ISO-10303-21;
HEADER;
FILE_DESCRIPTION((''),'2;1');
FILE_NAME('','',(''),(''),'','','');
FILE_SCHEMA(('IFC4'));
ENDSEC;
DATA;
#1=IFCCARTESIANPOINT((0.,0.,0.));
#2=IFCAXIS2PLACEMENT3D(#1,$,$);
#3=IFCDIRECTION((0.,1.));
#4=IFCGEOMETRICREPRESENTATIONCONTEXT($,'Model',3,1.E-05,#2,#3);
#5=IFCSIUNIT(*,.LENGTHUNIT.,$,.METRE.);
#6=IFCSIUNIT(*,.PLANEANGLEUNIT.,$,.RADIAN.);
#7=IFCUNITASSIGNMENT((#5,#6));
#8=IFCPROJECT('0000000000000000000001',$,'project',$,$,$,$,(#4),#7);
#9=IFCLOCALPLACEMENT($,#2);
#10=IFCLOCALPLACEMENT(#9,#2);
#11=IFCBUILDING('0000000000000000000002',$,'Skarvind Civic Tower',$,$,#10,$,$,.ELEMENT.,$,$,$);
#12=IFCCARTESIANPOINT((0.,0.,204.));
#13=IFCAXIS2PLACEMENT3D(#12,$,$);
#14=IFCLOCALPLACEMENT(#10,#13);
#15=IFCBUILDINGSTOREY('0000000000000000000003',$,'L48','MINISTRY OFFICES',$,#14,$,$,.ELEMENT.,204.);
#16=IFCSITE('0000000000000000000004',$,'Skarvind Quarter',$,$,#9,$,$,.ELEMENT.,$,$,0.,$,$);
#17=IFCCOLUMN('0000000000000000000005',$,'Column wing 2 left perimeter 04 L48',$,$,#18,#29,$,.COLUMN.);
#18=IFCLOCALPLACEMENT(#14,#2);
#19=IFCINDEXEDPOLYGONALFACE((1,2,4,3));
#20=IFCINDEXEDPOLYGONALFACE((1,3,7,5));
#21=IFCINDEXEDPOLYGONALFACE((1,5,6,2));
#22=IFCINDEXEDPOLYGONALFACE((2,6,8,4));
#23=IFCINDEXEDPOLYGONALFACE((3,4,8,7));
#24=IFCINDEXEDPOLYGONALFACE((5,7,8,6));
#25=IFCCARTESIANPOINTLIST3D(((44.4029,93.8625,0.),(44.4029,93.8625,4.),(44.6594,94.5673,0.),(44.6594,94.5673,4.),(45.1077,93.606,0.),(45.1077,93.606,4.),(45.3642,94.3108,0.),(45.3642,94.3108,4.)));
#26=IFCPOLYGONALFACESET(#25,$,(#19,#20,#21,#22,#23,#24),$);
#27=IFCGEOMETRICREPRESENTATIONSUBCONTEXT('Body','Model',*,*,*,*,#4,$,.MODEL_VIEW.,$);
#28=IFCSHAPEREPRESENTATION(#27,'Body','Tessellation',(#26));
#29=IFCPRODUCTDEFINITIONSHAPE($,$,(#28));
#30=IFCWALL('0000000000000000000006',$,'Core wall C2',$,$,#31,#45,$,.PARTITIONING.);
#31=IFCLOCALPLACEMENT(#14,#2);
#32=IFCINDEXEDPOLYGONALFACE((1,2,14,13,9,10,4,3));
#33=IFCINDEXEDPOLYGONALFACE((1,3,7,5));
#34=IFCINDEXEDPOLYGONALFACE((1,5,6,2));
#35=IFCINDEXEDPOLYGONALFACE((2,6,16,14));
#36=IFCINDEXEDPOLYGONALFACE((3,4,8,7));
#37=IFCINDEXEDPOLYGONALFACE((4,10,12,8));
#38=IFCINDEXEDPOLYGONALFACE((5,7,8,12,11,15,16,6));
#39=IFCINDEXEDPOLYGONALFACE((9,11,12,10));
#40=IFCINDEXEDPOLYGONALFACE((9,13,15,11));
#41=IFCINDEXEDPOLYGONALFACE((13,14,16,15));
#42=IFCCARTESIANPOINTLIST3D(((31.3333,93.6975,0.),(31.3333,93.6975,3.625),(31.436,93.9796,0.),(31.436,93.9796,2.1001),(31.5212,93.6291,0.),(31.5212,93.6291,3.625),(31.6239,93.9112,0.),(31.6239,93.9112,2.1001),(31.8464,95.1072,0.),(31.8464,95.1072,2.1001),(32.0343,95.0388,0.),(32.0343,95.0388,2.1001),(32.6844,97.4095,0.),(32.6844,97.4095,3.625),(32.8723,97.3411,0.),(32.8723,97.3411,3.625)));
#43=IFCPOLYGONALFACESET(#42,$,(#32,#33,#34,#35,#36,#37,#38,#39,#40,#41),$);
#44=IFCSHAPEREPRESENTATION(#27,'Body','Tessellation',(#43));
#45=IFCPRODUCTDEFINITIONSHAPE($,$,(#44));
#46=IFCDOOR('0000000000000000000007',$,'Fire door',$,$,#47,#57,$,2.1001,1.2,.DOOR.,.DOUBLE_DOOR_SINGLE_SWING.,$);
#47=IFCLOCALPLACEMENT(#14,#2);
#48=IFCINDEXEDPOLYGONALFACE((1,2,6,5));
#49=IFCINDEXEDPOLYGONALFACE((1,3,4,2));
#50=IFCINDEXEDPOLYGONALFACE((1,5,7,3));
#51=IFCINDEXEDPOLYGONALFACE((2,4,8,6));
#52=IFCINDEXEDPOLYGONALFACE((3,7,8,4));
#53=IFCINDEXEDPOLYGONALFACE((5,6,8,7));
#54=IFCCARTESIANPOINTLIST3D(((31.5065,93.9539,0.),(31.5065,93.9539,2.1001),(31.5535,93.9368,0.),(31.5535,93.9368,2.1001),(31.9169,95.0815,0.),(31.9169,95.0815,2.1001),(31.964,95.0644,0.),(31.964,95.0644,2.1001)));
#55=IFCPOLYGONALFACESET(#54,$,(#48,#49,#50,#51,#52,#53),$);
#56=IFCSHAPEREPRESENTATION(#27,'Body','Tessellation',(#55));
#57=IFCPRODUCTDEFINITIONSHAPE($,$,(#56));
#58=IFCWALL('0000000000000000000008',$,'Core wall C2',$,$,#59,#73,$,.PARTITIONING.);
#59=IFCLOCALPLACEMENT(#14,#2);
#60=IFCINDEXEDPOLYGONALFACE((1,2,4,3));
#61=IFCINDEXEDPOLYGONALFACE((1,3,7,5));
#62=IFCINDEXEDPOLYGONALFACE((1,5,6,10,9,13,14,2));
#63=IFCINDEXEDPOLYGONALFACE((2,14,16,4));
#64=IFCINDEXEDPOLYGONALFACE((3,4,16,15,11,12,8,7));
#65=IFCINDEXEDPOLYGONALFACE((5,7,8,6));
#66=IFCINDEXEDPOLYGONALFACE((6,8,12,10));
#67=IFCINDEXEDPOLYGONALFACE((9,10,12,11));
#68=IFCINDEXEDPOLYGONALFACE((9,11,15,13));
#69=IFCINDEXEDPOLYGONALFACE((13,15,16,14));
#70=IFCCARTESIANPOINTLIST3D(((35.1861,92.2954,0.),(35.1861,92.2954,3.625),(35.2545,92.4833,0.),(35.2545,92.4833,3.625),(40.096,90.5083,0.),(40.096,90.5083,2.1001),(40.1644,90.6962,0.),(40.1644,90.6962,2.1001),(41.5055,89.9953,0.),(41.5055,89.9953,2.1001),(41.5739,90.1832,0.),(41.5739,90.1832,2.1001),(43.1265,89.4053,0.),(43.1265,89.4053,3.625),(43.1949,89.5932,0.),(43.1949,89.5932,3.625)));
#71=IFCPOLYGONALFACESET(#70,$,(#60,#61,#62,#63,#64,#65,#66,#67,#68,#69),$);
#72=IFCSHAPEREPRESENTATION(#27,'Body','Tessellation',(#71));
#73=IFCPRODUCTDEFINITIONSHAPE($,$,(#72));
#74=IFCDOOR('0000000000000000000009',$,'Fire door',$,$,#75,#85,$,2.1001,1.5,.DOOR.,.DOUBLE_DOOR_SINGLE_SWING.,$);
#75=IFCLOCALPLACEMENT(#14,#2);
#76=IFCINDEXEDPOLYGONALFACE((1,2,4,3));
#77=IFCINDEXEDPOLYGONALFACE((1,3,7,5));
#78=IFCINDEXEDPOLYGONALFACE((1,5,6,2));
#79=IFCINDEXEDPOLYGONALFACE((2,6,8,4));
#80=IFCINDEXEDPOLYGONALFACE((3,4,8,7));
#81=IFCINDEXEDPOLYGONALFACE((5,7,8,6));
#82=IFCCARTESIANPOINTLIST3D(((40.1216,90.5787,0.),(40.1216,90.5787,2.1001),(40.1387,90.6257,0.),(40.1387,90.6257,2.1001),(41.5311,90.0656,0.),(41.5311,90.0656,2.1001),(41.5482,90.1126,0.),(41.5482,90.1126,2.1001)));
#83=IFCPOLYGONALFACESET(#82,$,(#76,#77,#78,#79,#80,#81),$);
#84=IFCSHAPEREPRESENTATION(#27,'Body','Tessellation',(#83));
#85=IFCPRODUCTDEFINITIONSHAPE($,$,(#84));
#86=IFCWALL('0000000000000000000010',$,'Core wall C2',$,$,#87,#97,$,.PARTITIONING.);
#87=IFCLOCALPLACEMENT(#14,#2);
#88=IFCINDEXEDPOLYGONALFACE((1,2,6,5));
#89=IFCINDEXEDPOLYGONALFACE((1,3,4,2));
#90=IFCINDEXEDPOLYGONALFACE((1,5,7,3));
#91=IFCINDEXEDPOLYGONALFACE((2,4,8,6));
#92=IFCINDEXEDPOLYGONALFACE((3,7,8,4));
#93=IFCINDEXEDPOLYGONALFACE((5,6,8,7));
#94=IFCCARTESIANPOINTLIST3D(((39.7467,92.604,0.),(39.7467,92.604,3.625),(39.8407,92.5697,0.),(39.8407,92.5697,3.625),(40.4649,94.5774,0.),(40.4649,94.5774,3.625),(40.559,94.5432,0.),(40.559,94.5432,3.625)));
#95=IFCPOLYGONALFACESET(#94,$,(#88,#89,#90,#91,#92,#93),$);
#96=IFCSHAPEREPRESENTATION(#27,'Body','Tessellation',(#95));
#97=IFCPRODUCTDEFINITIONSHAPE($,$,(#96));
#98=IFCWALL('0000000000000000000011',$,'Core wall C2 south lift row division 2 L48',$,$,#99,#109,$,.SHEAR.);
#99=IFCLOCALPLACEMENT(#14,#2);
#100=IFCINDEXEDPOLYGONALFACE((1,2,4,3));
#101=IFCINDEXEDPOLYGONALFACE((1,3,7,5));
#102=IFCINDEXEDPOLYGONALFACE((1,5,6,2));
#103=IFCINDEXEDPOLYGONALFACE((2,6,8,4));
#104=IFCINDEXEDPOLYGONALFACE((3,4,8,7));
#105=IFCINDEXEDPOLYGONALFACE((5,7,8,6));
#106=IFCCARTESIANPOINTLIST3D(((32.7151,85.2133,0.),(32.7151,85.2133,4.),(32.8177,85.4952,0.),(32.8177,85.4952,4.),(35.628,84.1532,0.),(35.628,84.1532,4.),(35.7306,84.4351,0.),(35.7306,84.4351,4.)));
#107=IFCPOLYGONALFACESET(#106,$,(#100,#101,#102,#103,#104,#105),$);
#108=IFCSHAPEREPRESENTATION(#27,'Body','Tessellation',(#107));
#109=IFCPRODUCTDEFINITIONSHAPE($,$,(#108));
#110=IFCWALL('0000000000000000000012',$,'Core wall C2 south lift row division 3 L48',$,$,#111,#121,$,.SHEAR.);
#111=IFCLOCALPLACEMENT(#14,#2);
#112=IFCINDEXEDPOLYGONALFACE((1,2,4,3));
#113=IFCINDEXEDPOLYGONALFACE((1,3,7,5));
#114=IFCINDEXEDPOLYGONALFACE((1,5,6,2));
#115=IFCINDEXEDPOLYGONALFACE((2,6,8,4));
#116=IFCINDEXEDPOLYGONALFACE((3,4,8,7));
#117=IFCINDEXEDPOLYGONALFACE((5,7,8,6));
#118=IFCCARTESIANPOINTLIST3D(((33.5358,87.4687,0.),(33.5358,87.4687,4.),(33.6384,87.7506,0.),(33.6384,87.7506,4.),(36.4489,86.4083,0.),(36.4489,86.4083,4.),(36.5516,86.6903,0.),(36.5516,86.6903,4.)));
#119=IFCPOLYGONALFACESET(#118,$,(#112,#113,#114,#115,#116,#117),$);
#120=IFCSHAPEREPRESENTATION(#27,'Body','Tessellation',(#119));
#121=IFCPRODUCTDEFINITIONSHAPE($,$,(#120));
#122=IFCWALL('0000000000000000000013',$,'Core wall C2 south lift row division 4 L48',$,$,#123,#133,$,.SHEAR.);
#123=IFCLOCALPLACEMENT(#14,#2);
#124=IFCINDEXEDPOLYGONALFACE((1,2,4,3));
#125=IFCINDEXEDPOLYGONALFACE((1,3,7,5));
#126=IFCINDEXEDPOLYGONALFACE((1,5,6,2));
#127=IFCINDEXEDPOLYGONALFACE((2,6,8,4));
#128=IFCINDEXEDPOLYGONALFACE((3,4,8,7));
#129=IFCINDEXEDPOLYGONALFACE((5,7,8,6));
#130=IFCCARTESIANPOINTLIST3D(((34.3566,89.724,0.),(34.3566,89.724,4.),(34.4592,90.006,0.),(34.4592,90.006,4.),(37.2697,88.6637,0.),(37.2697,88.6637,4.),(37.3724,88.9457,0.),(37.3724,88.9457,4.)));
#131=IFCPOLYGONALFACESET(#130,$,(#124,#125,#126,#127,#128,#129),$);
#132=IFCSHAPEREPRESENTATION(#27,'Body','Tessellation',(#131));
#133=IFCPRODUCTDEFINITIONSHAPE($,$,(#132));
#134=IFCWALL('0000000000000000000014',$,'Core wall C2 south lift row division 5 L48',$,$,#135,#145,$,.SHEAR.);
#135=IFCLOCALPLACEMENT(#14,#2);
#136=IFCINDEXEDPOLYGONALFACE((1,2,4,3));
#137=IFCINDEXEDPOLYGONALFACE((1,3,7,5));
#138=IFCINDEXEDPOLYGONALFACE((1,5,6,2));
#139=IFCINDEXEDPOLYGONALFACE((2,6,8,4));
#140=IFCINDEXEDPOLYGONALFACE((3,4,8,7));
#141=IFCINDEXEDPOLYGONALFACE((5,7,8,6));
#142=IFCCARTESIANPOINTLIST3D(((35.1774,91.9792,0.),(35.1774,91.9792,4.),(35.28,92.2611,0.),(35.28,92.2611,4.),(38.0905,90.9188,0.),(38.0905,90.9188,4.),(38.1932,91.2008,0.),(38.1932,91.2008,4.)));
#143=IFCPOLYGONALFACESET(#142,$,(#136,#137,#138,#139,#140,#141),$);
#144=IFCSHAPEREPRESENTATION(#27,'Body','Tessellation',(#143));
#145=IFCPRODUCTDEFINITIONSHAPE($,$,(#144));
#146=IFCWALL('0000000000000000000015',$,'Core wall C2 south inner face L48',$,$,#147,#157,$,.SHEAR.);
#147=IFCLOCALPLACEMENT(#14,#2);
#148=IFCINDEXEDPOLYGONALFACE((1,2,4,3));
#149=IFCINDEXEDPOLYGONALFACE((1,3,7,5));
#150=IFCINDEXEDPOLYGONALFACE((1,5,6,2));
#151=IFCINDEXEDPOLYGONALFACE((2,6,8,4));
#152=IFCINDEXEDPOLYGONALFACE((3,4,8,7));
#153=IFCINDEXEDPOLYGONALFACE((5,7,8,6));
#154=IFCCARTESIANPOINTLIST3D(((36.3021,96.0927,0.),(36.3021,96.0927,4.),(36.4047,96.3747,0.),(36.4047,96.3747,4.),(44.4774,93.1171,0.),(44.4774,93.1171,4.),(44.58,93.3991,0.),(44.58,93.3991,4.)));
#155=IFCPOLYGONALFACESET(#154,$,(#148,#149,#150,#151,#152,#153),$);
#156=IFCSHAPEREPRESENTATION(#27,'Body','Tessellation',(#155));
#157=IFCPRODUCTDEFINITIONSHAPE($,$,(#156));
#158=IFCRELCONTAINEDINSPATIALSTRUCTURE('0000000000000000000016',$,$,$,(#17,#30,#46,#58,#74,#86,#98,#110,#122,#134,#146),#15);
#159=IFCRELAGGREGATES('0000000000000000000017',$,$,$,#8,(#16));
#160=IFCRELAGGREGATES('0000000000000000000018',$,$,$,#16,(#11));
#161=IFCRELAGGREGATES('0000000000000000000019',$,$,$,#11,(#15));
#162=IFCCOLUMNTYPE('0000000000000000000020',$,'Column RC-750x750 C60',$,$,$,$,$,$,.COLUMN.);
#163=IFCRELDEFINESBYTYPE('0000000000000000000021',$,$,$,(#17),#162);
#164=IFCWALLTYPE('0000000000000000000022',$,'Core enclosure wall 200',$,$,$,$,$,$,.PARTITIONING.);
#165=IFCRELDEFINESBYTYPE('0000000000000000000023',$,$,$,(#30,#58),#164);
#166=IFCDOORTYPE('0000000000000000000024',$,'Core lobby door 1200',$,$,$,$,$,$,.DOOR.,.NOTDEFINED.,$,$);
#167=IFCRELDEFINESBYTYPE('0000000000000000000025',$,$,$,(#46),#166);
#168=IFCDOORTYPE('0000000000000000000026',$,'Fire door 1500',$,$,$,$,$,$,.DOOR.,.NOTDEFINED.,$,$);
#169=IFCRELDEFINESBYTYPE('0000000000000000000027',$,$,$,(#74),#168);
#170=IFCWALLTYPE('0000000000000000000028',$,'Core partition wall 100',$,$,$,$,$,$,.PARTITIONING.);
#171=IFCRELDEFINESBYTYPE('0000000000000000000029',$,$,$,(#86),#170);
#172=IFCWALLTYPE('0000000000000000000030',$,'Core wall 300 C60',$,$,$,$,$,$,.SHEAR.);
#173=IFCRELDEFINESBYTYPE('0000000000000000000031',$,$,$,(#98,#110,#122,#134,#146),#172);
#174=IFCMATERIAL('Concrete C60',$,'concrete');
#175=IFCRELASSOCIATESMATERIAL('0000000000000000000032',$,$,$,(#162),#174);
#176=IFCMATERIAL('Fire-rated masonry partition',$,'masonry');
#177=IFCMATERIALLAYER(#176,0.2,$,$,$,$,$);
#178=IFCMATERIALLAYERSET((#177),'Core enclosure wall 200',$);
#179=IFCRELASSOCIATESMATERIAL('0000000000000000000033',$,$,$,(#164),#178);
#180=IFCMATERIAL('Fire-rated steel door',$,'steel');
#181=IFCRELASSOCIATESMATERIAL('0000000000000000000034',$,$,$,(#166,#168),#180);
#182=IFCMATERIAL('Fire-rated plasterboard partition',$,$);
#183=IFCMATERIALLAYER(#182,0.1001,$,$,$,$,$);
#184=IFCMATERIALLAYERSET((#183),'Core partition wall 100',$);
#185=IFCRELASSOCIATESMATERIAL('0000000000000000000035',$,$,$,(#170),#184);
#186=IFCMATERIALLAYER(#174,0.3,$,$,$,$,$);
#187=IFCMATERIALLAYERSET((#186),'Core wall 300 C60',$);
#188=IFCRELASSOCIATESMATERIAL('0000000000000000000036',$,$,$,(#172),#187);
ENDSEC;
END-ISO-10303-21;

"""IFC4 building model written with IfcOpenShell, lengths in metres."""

from ifc_helpers import new_model, si_unit, direction, frame, frame_2d, origin, origin_2d, place, context, subcontext, project, spatial, rectangle, extrude, material, layer, layer_set, material_profile, profile_set, type_object, element, fill, save


model = new_model("IFC4")

# Units and contexts
model_context = context("Model", 3, precision=1e-05, world=origin(), true_north=direction((0.0, 1.0)))
body_context = subcontext(model_context, "Body", "Model", "MODEL_VIEW")
ifc_project = project(units=[si_unit("LENGTHUNIT", "METRE"), si_unit("PLANEANGLEUNIT", "RADIAN")], contexts=[model_context])

# Site, building, storey
site_placement = place(None, origin())
site = spatial("IfcSite", under=ifc_project, at=site_placement, Name="Skarvind Quarter", CompositionType="ELEMENT", RefElevation=0.0)
building_placement = place(site_placement, origin())
building = spatial("IfcBuilding", under=site, at=building_placement, Name="Skarvind Civic Tower", CompositionType="ELEMENT")
storey_placement = place(building_placement, frame((0.0, 0.0, 204.0)))
storey = spatial("IfcBuildingStorey", under=building, at=storey_placement, Name="L48", Description="MINISTRY OFFICES", CompositionType="ELEMENT", Elevation=204.0)

# Column
ifc_material_1 = material(Name="Concrete C60", Category="concrete")
ifc_material_profile = material_profile(ifc_material_1, rectangle(XDim=0.75, YDim=0.75, at=origin_2d()), Name="RC-750x750")
ifc_profile_set = profile_set([ifc_material_profile], Name="Concrete C60")
column_type = type_object("IfcColumnType", Name="Column RC-750x750 C60", PredefinedType="COLUMN", material=ifc_profile_set)
column_placement = place(storey_placement, frame((44.8835, 94.0867, 0.0), z_axis=(0.0, 0.0, 1.0), x_axis=(-0.34202, -0.939693, 0.0)))
element("IfcColumn", 1, at=column_placement, inside=storey, type_object=column_type, Name="Column wing 2 left perimeter 04 L48", PredefinedType="COLUMN", context=body_context, shape_type="SweptSolid", body=[
    extrude(rectangle(XDim=0.75, YDim=0.75, at=origin_2d()), origin(), (0.0, 0.0, 1.0), 4.0),
])

# Walls, openings, doors
ifc_material_2 = material(Name="Fire-rated masonry partition", Category="masonry")
ifc_layer_1 = layer(ifc_material_2, 0.2)
ifc_layer_set_1 = layer_set([ifc_layer_1], Name="Core enclosure wall 200")
wall_type_1 = type_object("IfcWallType", Name="Core enclosure wall 200", PredefinedType="PARTITIONING", material=ifc_layer_set_1)
wall_1_placement = place(storey_placement, frame((31.4272, 93.6633, 0.0), z_axis=(0.0, 0.0, 1.0), x_axis=(0.342031, 0.939689, 0.0)))
wall_1 = element("IfcWall", 2, at=wall_1_placement, inside=storey, type_object=wall_type_1, Name="Core wall C2", PredefinedType="PARTITIONING", context=body_context, shape_type="SweptSolid", body=[
    extrude(rectangle(XDim=3.9502, YDim=0.2, at=frame_2d((1.9751, 0.0))), origin(), (0.0, 0.0, 1.0), 3.625),
])
opening_1_placement = place(wall_1_placement, frame((0.3, 0.0, 0.0)))
opening_1 = element("IfcOpeningElement", 3, at=opening_1_placement, cuts=wall_1, PredefinedType="OPENING", context=body_context, shape_type="SweptSolid", body=[
    extrude(rectangle(XDim=1.2, YDim=2.1001, at=frame_2d((0.6001, 1.05))), frame((0.0, 0.1099, 0.0), z_axis=(0.0, -1.0, 0.0), x_axis=(1.0, 0.0, 0.0)), (0.0, 0.0, 1.0), 0.22),
])
ifc_material_3 = material(Name="Fire-rated steel door", Category="steel")
door_type_1 = type_object("IfcDoorType", Name="Core lobby door 1200", OperationType="NOTDEFINED", PredefinedType="DOOR", material=ifc_material_3)
door_1_placement = place(opening_1_placement, origin())
door_1 = element("IfcDoor", 4, at=door_1_placement, inside=storey, type_object=door_type_1, Name="Fire door", OperationType="DOUBLE_DOOR_SINGLE_SWING", OverallHeight=2.1001, OverallWidth=1.2, PredefinedType="DOOR", context=body_context, shape_type="SweptSolid", body=[
    extrude(rectangle(XDim=1.2, YDim=2.1001, at=frame_2d((0.6001, 1.05))), frame((0.0, 0.0249, 0.0), z_axis=(0.0, -1.0, 0.0), x_axis=(1.0, 0.0, 0.0)), (0.0, 0.0, 1.0), 0.05),
])
fill(opening_1, door_1)
wall_2_placement = place(storey_placement, frame((35.2202, 92.3894, 0.0), z_axis=(0.0, 0.0, 1.0), x_axis=(0.93969, -0.342026, 0.0)))
wall_2 = element("IfcWall", 5, at=wall_2_placement, inside=storey, type_object=wall_type_1, Name="Core wall C2", PredefinedType="PARTITIONING", context=body_context, shape_type="SweptSolid", body=[
    extrude(rectangle(XDim=8.45, YDim=0.2, at=frame_2d((4.2251, 0.0))), origin(), (0.0, 0.0, 1.0), 3.625),
])
opening_2_placement = place(wall_2_placement, frame((5.2251, 0.0, 0.0)))
opening_2 = element("IfcOpeningElement", 6, at=opening_2_placement, cuts=wall_2, PredefinedType="OPENING", context=body_context, shape_type="SweptSolid", body=[
    extrude(rectangle(XDim=1.5, YDim=2.1001, at=frame_2d((0.75, 1.05))), frame((0.0, 0.1099, 0.0), z_axis=(0.0, -1.0, 0.0), x_axis=(1.0, 0.0, 0.0)), (0.0, 0.0, 1.0), 0.22),
])
door_type_2 = type_object("IfcDoorType", Name="Fire door 1500", OperationType="NOTDEFINED", PredefinedType="DOOR", material=ifc_material_3)
door_2_placement = place(opening_2_placement, origin())
door_2 = element("IfcDoor", 7, at=door_2_placement, inside=storey, type_object=door_type_2, Name="Fire door", OperationType="DOUBLE_DOOR_SINGLE_SWING", OverallHeight=2.1001, OverallWidth=1.5, PredefinedType="DOOR", context=body_context, shape_type="SweptSolid", body=[
    extrude(rectangle(XDim=1.5, YDim=2.1001, at=frame_2d((0.75, 1.05))), frame((0.0, 0.0249, 0.0), z_axis=(0.0, -1.0, 0.0), x_axis=(1.0, 0.0, 0.0)), (0.0, 0.0, 1.0), 0.05),
])
fill(opening_2, door_2)

# Walls
ifc_material_4 = material(Name="Fire-rated plasterboard partition")
ifc_layer_2 = layer(ifc_material_4, 0.1001)
ifc_layer_set_2 = layer_set([ifc_layer_2], Name="Core partition wall 100")
wall_type_2 = type_object("IfcWallType", Name="Core partition wall 100", PredefinedType="PARTITIONING", material=ifc_layer_set_2)
wall_3_placement = place(storey_placement, frame((40.512, 94.5603, 0.0), z_axis=(0.0, 0.0, 1.0), x_axis=(-0.342023, -0.939692, 0.0)))
element("IfcWall", 8, at=wall_3_placement, inside=storey, type_object=wall_type_2, Name="Core wall C2", PredefinedType="PARTITIONING", context=body_context, shape_type="SweptSolid", body=[
    extrude(rectangle(XDim=2.1001, YDim=0.1001, at=frame_2d((1.05, 0.0))), origin(), (0.0, 0.0, 1.0), 3.625),
])
ifc_layer_3 = layer(ifc_material_1, 0.3)
ifc_layer_set_3 = layer_set([ifc_layer_3], Name="Core wall 300 C60")
wall_type_3 = type_object("IfcWallType", Name="Core wall 300 C60", PredefinedType="SHEAR", material=ifc_layer_set_3)
wall_4_placement = place(storey_placement, frame((35.6792, 84.2942, 0.0), z_axis=(0.0, 0.0, 1.0), x_axis=(-0.939706, 0.341983, 0.0)))
element("IfcWall", 9, at=wall_4_placement, inside=storey, type_object=wall_type_3, Name="Core wall C2 south lift row division 2 L48", PredefinedType="SHEAR", context=body_context, shape_type="SweptSolid", body=[
    extrude(rectangle(XDim=3.0999, YDim=0.3, at=frame_2d((1.5498, 0.0))), origin(), (0.0, 0.0, 1.0), 4.0),
])
for number, where, z_axis, x_axis, name in (
    (10, (36.5002, 86.5493, 0.0), (0.0, 0.0, 1.0), (-0.93969, 0.342028, 0.0), "Core wall C2 south lift row division 3 L48"),
    (11, (37.321, 88.8047, 0.0), (0.0, 0.0, 1.0), (-0.93969, 0.342028, 0.0), "Core wall C2 south lift row division 4 L48"),
    (12, (38.1418, 91.0598, 0.0), (0.0, 0.0, 1.0), (-0.93969, 0.342028, 0.0), "Core wall C2 south lift row division 5 L48"),
):
    element("IfcWall", number, at=place(storey_placement, frame(where, z_axis=z_axis, x_axis=x_axis)), inside=storey, type_object=wall_type_3, Name=name, PredefinedType="SHEAR", context=body_context, shape_type="SweptSolid", body=[
        extrude(rectangle(XDim=3.1001, YDim=0.3, at=frame_2d((1.55, 0.0))), origin(), (0.0, 0.0, 1.0), 4.0),
    ])
wall_5_placement = place(storey_placement, frame((44.5288, 93.2581, 0.0), z_axis=(0.0, 0.0, 1.0), x_axis=(-0.939692, 0.342022, 0.0)))
element("IfcWall", 13, at=wall_5_placement, inside=storey, type_object=wall_type_3, Name="Core wall C2 south inner face L48", PredefinedType="SHEAR", context=body_context, shape_type="SweptSolid", body=[
    extrude(rectangle(XDim=8.7, YDim=0.3, at=frame_2d((4.3501, 0.0))), origin(), (0.0, 0.0, 1.0), 4.0),
])

save(model, "model.ifc")
